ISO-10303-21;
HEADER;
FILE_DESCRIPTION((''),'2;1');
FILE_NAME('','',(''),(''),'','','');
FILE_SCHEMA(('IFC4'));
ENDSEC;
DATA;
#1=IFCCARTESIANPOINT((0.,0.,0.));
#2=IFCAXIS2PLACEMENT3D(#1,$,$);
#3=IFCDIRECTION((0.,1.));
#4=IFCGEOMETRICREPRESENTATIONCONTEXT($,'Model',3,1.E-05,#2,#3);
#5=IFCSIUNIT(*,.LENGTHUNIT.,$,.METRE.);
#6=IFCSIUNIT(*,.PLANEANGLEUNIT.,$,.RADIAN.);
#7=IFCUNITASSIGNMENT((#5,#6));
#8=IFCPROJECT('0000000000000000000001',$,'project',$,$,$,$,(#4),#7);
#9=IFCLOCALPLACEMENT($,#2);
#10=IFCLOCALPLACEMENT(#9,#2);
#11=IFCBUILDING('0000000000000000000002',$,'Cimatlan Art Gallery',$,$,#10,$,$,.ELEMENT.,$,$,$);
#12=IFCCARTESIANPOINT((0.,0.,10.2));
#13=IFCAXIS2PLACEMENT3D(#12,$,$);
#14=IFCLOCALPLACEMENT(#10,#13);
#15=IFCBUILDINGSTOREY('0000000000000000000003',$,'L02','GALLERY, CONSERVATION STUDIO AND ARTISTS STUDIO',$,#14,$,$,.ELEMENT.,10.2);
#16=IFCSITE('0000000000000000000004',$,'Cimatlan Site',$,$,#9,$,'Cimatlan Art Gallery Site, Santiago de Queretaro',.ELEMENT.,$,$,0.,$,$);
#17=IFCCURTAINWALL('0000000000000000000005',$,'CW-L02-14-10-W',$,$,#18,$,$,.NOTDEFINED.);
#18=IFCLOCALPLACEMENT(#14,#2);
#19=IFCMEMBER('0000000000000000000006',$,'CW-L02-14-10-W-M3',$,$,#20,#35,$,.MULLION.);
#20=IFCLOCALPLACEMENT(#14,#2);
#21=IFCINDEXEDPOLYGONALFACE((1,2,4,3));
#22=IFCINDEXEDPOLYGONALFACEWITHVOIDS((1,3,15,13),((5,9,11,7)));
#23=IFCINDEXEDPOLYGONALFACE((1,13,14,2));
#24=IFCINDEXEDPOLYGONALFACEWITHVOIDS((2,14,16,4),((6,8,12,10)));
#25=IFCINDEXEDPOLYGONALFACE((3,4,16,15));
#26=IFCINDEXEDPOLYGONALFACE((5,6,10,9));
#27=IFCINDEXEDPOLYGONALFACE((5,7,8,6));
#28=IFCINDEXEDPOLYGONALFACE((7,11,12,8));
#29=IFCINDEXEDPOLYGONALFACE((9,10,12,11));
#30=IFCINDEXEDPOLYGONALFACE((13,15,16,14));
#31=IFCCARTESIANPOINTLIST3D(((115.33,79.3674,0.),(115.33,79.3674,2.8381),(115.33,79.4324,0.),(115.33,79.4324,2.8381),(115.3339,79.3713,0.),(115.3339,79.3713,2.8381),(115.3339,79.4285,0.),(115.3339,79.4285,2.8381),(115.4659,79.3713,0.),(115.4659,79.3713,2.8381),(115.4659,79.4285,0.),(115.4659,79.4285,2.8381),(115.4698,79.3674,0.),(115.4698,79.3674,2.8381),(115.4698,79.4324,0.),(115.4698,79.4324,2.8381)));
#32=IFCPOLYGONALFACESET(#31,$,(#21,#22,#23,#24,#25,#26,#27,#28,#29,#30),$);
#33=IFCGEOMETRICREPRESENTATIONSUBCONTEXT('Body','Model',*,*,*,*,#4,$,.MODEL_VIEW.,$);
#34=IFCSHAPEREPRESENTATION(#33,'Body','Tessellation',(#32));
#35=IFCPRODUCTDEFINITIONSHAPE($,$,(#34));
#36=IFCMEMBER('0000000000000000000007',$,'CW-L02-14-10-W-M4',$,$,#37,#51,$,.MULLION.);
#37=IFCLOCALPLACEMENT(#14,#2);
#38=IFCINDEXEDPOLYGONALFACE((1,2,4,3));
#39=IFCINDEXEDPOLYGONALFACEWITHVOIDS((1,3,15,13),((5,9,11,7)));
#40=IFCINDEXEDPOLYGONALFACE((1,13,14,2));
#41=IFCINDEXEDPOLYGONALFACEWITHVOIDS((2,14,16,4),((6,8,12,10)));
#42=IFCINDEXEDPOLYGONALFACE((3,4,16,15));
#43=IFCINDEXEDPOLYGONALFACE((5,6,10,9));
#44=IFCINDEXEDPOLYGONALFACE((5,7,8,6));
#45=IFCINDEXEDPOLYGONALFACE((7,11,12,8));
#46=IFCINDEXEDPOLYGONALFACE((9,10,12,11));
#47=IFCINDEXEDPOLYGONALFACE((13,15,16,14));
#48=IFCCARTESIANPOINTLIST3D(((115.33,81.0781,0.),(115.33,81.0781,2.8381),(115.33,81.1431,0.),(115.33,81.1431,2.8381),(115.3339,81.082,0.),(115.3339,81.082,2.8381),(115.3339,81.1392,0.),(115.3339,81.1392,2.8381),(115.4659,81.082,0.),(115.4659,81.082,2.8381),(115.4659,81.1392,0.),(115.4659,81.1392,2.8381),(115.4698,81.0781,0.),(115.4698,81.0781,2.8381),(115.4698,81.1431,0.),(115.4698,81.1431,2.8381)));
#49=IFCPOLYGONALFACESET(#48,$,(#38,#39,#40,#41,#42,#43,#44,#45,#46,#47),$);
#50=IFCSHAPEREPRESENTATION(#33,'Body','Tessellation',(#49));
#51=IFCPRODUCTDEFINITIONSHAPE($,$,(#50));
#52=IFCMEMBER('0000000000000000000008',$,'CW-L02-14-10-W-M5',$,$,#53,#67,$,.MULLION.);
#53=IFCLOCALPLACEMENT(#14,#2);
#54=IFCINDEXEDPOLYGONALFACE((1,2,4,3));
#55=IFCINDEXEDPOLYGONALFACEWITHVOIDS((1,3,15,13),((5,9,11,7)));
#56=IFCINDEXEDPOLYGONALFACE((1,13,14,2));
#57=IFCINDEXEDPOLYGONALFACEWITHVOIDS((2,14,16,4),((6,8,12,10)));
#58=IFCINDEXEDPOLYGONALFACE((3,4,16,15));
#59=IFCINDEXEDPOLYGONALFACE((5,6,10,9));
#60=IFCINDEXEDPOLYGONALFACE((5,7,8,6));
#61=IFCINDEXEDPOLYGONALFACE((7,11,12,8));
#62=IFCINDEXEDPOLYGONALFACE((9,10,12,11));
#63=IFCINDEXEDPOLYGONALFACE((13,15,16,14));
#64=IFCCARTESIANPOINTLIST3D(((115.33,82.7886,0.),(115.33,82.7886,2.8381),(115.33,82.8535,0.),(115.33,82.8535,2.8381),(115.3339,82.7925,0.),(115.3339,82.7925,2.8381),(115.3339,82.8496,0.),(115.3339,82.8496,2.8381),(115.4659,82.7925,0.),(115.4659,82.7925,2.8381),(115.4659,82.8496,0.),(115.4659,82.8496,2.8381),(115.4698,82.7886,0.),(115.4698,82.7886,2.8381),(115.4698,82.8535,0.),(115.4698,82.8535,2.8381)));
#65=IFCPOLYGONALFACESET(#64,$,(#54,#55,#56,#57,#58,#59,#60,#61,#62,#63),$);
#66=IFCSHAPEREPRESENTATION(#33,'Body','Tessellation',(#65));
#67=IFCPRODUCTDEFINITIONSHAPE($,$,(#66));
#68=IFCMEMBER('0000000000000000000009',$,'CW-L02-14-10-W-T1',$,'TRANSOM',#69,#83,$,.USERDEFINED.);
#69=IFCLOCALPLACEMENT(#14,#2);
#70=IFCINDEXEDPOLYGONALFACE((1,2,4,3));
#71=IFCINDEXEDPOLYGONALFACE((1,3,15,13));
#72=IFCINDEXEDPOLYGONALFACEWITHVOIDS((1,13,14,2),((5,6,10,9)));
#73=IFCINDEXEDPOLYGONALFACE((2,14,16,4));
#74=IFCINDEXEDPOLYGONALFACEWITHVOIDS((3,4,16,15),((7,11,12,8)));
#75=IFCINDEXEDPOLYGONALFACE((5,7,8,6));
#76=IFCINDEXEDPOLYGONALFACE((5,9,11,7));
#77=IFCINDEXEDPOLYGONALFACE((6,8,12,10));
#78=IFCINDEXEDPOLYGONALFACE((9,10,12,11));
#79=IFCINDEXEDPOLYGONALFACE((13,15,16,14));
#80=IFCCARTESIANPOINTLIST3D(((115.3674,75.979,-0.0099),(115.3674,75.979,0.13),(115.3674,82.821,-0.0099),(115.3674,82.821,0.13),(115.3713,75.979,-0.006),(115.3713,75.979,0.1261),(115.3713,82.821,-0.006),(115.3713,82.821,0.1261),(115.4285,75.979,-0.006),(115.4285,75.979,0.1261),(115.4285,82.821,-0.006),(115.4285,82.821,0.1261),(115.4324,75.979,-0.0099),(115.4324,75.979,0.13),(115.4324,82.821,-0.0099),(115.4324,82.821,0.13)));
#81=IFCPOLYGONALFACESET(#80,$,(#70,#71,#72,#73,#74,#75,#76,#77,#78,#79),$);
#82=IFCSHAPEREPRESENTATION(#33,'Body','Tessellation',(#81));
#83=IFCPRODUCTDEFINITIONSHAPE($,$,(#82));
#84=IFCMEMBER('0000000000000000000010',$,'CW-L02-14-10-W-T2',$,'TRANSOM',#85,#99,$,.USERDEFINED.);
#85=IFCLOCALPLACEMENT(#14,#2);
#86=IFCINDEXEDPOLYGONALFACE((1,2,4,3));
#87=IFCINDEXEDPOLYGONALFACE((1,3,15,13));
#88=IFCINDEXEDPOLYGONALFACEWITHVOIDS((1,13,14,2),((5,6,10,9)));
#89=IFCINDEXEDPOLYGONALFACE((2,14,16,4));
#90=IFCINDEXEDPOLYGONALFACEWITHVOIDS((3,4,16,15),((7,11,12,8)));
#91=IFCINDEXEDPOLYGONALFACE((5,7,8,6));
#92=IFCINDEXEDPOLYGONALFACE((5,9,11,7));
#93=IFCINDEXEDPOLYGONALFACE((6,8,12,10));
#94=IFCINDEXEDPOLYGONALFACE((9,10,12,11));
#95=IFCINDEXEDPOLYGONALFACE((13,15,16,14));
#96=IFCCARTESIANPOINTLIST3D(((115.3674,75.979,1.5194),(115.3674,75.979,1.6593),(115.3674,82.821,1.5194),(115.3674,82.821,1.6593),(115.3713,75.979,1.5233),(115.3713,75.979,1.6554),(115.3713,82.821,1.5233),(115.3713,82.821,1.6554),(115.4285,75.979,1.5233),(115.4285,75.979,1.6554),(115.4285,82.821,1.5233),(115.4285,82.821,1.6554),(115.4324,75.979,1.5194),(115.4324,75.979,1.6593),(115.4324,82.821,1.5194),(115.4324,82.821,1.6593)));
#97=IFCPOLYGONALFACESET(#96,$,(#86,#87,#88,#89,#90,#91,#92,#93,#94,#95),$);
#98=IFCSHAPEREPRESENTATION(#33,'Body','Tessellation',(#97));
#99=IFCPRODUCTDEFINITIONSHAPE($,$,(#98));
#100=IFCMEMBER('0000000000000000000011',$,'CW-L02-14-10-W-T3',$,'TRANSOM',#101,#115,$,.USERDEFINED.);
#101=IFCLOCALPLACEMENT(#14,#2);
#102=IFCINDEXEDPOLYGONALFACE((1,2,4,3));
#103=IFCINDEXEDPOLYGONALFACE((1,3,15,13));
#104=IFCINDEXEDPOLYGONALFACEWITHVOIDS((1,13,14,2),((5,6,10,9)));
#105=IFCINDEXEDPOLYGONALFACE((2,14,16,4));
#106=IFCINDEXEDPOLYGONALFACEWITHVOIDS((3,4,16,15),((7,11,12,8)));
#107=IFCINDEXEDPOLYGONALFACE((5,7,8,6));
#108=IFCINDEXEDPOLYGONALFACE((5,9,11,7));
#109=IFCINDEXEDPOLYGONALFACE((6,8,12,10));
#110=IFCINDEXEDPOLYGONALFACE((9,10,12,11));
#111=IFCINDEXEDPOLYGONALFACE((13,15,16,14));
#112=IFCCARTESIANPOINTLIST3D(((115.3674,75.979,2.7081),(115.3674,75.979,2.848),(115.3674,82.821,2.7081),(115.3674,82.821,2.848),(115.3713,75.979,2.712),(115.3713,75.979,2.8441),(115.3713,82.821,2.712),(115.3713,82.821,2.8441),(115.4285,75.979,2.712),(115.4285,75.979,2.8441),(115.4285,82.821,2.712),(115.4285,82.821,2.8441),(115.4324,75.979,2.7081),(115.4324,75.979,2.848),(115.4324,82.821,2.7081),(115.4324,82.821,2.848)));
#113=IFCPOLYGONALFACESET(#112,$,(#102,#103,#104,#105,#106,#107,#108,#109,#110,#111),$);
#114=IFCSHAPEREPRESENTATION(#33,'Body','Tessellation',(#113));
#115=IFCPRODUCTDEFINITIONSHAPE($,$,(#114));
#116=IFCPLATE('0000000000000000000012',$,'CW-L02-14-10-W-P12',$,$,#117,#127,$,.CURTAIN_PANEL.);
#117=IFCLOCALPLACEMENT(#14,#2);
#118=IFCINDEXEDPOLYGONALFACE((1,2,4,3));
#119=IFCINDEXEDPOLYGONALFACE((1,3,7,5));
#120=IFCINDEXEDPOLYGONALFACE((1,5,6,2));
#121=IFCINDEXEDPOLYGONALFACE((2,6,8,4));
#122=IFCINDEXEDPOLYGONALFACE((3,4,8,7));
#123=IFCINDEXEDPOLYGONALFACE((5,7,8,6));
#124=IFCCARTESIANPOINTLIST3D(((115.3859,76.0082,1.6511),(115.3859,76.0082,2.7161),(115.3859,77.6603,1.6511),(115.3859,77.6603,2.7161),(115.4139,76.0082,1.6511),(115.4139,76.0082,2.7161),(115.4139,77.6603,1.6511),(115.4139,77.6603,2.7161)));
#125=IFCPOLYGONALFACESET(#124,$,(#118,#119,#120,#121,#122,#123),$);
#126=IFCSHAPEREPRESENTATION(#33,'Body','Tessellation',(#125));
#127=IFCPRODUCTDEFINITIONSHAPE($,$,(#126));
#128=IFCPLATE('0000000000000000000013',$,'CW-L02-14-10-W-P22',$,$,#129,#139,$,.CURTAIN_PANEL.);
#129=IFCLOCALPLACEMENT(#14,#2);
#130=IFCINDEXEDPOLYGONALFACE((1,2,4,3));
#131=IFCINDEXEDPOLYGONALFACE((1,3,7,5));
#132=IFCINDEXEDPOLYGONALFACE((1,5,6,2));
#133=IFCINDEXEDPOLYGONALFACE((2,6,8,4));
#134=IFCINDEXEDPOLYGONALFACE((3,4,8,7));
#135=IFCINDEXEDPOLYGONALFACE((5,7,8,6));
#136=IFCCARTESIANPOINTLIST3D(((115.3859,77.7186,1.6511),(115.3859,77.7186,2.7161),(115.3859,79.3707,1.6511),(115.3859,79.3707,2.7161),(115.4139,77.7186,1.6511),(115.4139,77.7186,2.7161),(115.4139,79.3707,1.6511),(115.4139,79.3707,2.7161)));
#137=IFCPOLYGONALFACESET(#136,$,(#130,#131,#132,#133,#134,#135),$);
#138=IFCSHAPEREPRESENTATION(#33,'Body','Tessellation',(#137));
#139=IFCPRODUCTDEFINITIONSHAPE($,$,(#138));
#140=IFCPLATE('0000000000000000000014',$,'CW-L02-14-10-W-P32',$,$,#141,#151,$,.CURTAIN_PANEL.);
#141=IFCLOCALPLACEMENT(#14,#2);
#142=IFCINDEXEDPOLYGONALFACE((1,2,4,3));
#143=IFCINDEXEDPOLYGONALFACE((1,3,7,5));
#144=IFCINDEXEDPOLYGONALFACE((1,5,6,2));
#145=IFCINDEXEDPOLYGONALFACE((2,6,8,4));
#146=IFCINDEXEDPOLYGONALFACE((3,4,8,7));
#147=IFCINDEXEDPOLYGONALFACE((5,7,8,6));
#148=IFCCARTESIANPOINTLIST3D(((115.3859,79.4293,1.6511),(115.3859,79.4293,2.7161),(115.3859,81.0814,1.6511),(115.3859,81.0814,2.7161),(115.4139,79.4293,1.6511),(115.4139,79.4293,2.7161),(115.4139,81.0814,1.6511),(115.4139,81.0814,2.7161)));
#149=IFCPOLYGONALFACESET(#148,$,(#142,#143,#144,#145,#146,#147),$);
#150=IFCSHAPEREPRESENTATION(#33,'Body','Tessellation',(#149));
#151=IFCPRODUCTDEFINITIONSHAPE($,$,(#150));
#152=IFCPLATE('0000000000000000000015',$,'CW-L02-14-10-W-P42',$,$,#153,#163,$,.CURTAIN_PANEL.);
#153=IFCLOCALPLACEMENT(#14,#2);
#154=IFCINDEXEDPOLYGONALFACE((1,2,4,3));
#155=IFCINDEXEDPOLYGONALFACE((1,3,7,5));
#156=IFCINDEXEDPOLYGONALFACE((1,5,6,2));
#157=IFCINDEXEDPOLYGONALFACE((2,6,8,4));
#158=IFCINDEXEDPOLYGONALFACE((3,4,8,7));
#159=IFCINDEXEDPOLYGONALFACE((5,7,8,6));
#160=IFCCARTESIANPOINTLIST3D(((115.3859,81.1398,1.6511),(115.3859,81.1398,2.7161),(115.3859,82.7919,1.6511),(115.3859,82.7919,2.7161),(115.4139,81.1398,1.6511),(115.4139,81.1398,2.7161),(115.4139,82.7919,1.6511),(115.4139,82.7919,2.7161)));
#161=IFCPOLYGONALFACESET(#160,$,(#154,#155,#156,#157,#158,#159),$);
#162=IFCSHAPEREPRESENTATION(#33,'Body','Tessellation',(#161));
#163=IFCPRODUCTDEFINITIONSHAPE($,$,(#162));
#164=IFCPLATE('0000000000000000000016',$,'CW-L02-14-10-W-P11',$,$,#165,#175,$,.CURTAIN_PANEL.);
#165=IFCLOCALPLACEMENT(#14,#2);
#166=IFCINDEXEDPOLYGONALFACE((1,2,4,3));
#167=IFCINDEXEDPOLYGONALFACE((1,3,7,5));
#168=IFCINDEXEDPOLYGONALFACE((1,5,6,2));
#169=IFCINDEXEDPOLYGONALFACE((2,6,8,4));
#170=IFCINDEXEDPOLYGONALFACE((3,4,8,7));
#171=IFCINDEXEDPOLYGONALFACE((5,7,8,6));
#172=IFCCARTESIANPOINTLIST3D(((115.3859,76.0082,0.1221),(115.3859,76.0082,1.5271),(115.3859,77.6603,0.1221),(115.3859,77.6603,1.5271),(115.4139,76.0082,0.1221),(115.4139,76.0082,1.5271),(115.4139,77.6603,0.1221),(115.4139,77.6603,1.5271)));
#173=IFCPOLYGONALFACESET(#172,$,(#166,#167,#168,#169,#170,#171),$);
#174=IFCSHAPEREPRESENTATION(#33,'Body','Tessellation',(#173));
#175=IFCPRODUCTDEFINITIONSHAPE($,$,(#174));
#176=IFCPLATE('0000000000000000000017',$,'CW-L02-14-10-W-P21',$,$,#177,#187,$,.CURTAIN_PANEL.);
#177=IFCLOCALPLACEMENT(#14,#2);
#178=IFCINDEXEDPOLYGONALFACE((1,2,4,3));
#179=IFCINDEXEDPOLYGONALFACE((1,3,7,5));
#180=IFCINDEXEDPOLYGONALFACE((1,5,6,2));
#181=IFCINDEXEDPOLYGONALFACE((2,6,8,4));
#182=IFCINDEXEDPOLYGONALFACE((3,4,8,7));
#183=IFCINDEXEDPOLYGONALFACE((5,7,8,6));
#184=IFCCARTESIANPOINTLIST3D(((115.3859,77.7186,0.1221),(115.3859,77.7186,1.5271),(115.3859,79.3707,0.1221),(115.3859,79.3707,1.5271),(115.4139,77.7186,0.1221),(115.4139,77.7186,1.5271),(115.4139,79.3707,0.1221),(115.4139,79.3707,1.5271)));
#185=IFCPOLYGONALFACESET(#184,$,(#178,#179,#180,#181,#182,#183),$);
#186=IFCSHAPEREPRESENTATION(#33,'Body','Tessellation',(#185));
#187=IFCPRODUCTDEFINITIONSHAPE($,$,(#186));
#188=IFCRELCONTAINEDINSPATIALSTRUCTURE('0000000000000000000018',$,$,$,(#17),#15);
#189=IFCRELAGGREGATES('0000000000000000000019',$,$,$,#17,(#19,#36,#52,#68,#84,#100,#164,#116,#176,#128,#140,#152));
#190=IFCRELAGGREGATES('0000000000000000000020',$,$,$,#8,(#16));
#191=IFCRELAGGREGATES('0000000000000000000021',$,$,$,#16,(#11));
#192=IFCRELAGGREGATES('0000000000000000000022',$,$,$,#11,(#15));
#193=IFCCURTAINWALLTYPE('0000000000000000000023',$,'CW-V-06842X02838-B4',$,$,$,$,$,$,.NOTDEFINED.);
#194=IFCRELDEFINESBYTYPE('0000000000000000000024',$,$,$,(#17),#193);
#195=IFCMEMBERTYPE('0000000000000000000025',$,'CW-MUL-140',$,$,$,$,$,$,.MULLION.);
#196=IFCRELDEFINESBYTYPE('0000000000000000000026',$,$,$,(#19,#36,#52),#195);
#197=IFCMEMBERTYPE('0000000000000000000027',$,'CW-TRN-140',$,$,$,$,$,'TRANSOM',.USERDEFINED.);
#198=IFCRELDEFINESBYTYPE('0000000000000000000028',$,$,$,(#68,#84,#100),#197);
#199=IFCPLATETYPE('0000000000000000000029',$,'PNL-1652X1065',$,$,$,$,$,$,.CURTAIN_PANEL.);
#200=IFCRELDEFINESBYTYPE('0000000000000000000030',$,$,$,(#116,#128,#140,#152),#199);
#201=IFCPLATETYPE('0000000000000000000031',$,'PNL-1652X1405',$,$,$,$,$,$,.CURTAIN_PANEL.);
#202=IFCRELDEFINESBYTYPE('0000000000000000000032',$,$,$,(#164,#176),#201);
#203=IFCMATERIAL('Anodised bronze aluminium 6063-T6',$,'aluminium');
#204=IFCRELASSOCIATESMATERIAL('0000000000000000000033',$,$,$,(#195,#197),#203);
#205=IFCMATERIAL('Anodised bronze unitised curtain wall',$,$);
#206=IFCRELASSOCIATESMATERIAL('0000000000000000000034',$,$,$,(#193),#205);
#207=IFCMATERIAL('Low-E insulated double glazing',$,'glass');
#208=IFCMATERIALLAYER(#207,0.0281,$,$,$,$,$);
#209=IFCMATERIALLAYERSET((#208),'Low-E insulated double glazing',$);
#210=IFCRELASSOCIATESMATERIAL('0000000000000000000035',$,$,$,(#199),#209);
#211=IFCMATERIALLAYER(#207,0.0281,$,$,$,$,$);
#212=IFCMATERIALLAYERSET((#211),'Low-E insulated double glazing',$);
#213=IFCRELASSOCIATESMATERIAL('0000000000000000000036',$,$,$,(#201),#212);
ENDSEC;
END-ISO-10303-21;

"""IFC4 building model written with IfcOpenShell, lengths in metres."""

from ifc_helpers import new_model, si_unit, direction, frame, origin, origin_2d, place, context, subcontext, project, spatial, rectangle, hollow_rectangle, extrude, material, layer, layer_set, material_profile, profile_set, type_object, element, aggregate, save


model = new_model("IFC4")

# Units and contexts
model_context = context("Model", 3, precision=1e-05, world=origin(), true_north=direction((0.0, 1.0)))
body_context = subcontext(model_context, "Body", "Model", "MODEL_VIEW")
ifc_project = project(units=[si_unit("LENGTHUNIT", "METRE"), si_unit("PLANEANGLEUNIT", "RADIAN")], contexts=[model_context])

# Site, building, storey
site_placement = place(None, origin())
site = spatial("IfcSite", under=ifc_project, at=site_placement, Name="Cimatlan Site", LongName="Cimatlan Art Gallery Site, Santiago de Queretaro", CompositionType="ELEMENT", RefElevation=0.0)
building_placement = place(site_placement, origin())
building = spatial("IfcBuilding", under=site, at=building_placement, Name="Cimatlan Art Gallery", CompositionType="ELEMENT")
storey_placement = place(building_placement, frame((0.0, 0.0, 10.2)))
storey = spatial("IfcBuildingStorey", under=building, at=storey_placement, Name="L02", Description="GALLERY, CONSERVATION STUDIO AND ARTISTS STUDIO", CompositionType="ELEMENT", Elevation=10.2)

# Shared definitions
ifc_material_1 = material(Name="Anodised bronze unitised curtain wall")
ifc_material_2 = material(Name="Anodised bronze aluminium 6063-T6", Category="aluminium")
ifc_material_profile_1 = material_profile(ifc_material_2, hollow_rectangle(XDim=0.0649, YDim=0.1399, WallThickness=0.0039, at=origin_2d()), Name="ALU65X140X4")
ifc_profile_set_1 = profile_set([ifc_material_profile_1], Name="Anodised bronze aluminium 6063-T6")
member_type_1 = type_object("IfcMemberType", Name="CW-MUL-140", PredefinedType="MULLION", material=ifc_profile_set_1)

# Curtain wall, members, plates
curtain_wall_type_1 = type_object("IfcCurtainWallType", Name="CW-V-06842X02838-B4", PredefinedType="NOTDEFINED", material=ifc_material_1)
curtain_wall_1_placement = place(storey_placement, origin())
curtain_wall_1 = element("IfcCurtainWall", 1, at=curtain_wall_1_placement, inside=storey, type_object=curtain_wall_type_1, Name="CW-L02-14-10-W", PredefinedType="NOTDEFINED")
member_1_placement = place(storey_placement, frame((115.3999, 79.3999, 0.0), z_axis=(0.0, 0.0, 1.0), x_axis=(0.0, 1.0, 0.0)))
member_1 = element("IfcMember", 2, at=member_1_placement, type_object=member_type_1, Name="CW-L02-14-10-W-M3", PredefinedType="MULLION", context=body_context, shape_type="SweptSolid", body=[
    extrude(hollow_rectangle(XDim=0.0649, YDim=0.1399, WallThickness=0.0039, at=origin_2d()), origin(), (0.0, 0.0, 1.0), 2.8381),
])
member_2_placement = place(storey_placement, frame((115.3999, 81.1106, 0.0), z_axis=(0.0, 0.0, 1.0), x_axis=(0.0, 1.0, 0.0)))
member_2 = element("IfcMember", 3, at=member_2_placement, type_object=member_type_1, Name="CW-L02-14-10-W-M4", PredefinedType="MULLION", context=body_context, shape_type="SweptSolid", body=[
    extrude(hollow_rectangle(XDim=0.0649, YDim=0.1399, WallThickness=0.0039, at=origin_2d()), origin(), (0.0, 0.0, 1.0), 2.8381),
])
member_3_placement = place(storey_placement, frame((115.3999, 82.821, 0.0), z_axis=(0.0, 0.0, 1.0), x_axis=(0.0, 1.0, 0.0)))
member_3 = element("IfcMember", 4, at=member_3_placement, type_object=member_type_1, Name="CW-L02-14-10-W-M5", PredefinedType="MULLION", context=body_context, shape_type="SweptSolid", body=[
    extrude(hollow_rectangle(XDim=0.0649, YDim=0.1399, WallThickness=0.0039, at=origin_2d()), origin(), (0.0, 0.0, 1.0), 2.8381),
])
ifc_material_profile_2 = material_profile(ifc_material_2, hollow_rectangle(XDim=0.0649, YDim=0.1399, WallThickness=0.0039, at=origin_2d()), Name="ALU65X140X4")
ifc_profile_set_2 = profile_set([ifc_material_profile_2], Name="Anodised bronze aluminium 6063-T6")
member_type_2 = type_object("IfcMemberType", Name="CW-TRN-140", ElementType="TRANSOM", PredefinedType="USERDEFINED", material=ifc_profile_set_2)
member_4_placement = place(storey_placement, frame((115.3999, 75.979, 0.0601), z_axis=(0.0, 1.0, 0.0), x_axis=(-1.0, 0.0, 0.0)))
member_4 = element("IfcMember", 5, at=member_4_placement, type_object=member_type_2, Name="CW-L02-14-10-W-T1", ObjectType="TRANSOM", PredefinedType="USERDEFINED", context=body_context, shape_type="SweptSolid", body=[
    extrude(hollow_rectangle(XDim=0.0649, YDim=0.1399, WallThickness=0.0039, at=origin_2d()), origin(), (0.0, 0.0, 1.0), 6.842),
])
member_5_placement = place(storey_placement, frame((115.3999, 75.979, 1.5894), z_axis=(0.0, 1.0, 0.0), x_axis=(-1.0, 0.0, 0.0)))
member_5 = element("IfcMember", 6, at=member_5_placement, type_object=member_type_2, Name="CW-L02-14-10-W-T2", ObjectType="TRANSOM", PredefinedType="USERDEFINED", context=body_context, shape_type="SweptSolid", body=[
    extrude(hollow_rectangle(XDim=0.0649, YDim=0.1399, WallThickness=0.0039, at=origin_2d()), origin(), (0.0, 0.0, 1.0), 6.842),
])
member_6_placement = place(storey_placement, frame((115.3999, 75.979, 2.7781), z_axis=(0.0, 1.0, 0.0), x_axis=(-1.0, 0.0, 0.0)))
member_6 = element("IfcMember", 7, at=member_6_placement, type_object=member_type_2, Name="CW-L02-14-10-W-T3", ObjectType="TRANSOM", PredefinedType="USERDEFINED", context=body_context, shape_type="SweptSolid", body=[
    extrude(hollow_rectangle(XDim=0.0649, YDim=0.1399, WallThickness=0.0039, at=origin_2d()), origin(), (0.0, 0.0, 1.0), 6.842),
])
ifc_material_3 = material(Name="Low-E insulated double glazing", Category="glass")
ifc_layer_1 = layer(ifc_material_3, 0.0281)
ifc_layer_set_1 = layer_set([ifc_layer_1], Name="Low-E insulated double glazing")
plate_type_1 = type_object("IfcPlateType", Name="PNL-1652X1065", PredefinedType="CURTAIN_PANEL", material=ifc_layer_set_1)
plate_1_placement = place(storey_placement, frame((115.3999, 76.8342, 1.6511), z_axis=(0.0, 0.0, 1.0), x_axis=(0.0, 1.0, 0.0)))
plate_1 = element("IfcPlate", 8, at=plate_1_placement, type_object=plate_type_1, Name="CW-L02-14-10-W-P12", PredefinedType="CURTAIN_PANEL", context=body_context, shape_type="SweptSolid", body=[
    extrude(rectangle(XDim=1.6521, YDim=0.0281, at=origin_2d()), origin(), (0.0, 0.0, 1.0), 1.0649),
])
plate_2_placement = place(storey_placement, frame((115.3999, 78.5447, 1.6511), z_axis=(0.0, 0.0, 1.0), x_axis=(0.0, 1.0, 0.0)))
plate_2 = element("IfcPlate", 9, at=plate_2_placement, type_object=plate_type_1, Name="CW-L02-14-10-W-P22", PredefinedType="CURTAIN_PANEL", context=body_context, shape_type="SweptSolid", body=[
    extrude(rectangle(XDim=1.6521, YDim=0.0281, at=origin_2d()), origin(), (0.0, 0.0, 1.0), 1.0649),
])
plate_3_placement = place(storey_placement, frame((115.3999, 80.2554, 1.6511), z_axis=(0.0, 0.0, 1.0), x_axis=(0.0, 1.0, 0.0)))
plate_3 = element("IfcPlate", 10, at=plate_3_placement, type_object=plate_type_1, Name="CW-L02-14-10-W-P32", PredefinedType="CURTAIN_PANEL", context=body_context, shape_type="SweptSolid", body=[
    extrude(rectangle(XDim=1.6521, YDim=0.0281, at=origin_2d()), origin(), (0.0, 0.0, 1.0), 1.0649),
])
plate_4_placement = place(storey_placement, frame((115.3999, 81.9658, 1.6511), z_axis=(0.0, 0.0, 1.0), x_axis=(0.0, 1.0, 0.0)))
plate_4 = element("IfcPlate", 11, at=plate_4_placement, type_object=plate_type_1, Name="CW-L02-14-10-W-P42", PredefinedType="CURTAIN_PANEL", context=body_context, shape_type="SweptSolid", body=[
    extrude(rectangle(XDim=1.6521, YDim=0.0281, at=origin_2d()), origin(), (0.0, 0.0, 1.0), 1.0649),
])
ifc_layer_2 = layer(ifc_material_3, 0.0281)
ifc_layer_set_2 = layer_set([ifc_layer_2], Name="Low-E insulated double glazing")
plate_type_2 = type_object("IfcPlateType", Name="PNL-1652X1405", PredefinedType="CURTAIN_PANEL", material=ifc_layer_set_2)
plate_5_placement = place(storey_placement, frame((115.3999, 76.8342, 0.1221), z_axis=(0.0, 0.0, 1.0), x_axis=(0.0, 1.0, 0.0)))
plate_5 = element("IfcPlate", 12, at=plate_5_placement, type_object=plate_type_2, Name="CW-L02-14-10-W-P11", PredefinedType="CURTAIN_PANEL", context=body_context, shape_type="SweptSolid", body=[
    extrude(rectangle(XDim=1.6521, YDim=0.0281, at=origin_2d()), origin(), (0.0, 0.0, 1.0), 1.405),
])
plate_6_placement = place(storey_placement, frame((115.3999, 78.5447, 0.1221), z_axis=(0.0, 0.0, 1.0), x_axis=(0.0, 1.0, 0.0)))
plate_6 = element("IfcPlate", 13, at=plate_6_placement, type_object=plate_type_2, Name="CW-L02-14-10-W-P21", PredefinedType="CURTAIN_PANEL", context=body_context, shape_type="SweptSolid", body=[
    extrude(rectangle(XDim=1.6521, YDim=0.0281, at=origin_2d()), origin(), (0.0, 0.0, 1.0), 1.405),
])
aggregate(curtain_wall_1, [member_1, member_2, member_3, member_4, member_5, member_6, plate_5, plate_1, plate_6, plate_2, plate_3, plate_4])

save(model, "model.ifc")
